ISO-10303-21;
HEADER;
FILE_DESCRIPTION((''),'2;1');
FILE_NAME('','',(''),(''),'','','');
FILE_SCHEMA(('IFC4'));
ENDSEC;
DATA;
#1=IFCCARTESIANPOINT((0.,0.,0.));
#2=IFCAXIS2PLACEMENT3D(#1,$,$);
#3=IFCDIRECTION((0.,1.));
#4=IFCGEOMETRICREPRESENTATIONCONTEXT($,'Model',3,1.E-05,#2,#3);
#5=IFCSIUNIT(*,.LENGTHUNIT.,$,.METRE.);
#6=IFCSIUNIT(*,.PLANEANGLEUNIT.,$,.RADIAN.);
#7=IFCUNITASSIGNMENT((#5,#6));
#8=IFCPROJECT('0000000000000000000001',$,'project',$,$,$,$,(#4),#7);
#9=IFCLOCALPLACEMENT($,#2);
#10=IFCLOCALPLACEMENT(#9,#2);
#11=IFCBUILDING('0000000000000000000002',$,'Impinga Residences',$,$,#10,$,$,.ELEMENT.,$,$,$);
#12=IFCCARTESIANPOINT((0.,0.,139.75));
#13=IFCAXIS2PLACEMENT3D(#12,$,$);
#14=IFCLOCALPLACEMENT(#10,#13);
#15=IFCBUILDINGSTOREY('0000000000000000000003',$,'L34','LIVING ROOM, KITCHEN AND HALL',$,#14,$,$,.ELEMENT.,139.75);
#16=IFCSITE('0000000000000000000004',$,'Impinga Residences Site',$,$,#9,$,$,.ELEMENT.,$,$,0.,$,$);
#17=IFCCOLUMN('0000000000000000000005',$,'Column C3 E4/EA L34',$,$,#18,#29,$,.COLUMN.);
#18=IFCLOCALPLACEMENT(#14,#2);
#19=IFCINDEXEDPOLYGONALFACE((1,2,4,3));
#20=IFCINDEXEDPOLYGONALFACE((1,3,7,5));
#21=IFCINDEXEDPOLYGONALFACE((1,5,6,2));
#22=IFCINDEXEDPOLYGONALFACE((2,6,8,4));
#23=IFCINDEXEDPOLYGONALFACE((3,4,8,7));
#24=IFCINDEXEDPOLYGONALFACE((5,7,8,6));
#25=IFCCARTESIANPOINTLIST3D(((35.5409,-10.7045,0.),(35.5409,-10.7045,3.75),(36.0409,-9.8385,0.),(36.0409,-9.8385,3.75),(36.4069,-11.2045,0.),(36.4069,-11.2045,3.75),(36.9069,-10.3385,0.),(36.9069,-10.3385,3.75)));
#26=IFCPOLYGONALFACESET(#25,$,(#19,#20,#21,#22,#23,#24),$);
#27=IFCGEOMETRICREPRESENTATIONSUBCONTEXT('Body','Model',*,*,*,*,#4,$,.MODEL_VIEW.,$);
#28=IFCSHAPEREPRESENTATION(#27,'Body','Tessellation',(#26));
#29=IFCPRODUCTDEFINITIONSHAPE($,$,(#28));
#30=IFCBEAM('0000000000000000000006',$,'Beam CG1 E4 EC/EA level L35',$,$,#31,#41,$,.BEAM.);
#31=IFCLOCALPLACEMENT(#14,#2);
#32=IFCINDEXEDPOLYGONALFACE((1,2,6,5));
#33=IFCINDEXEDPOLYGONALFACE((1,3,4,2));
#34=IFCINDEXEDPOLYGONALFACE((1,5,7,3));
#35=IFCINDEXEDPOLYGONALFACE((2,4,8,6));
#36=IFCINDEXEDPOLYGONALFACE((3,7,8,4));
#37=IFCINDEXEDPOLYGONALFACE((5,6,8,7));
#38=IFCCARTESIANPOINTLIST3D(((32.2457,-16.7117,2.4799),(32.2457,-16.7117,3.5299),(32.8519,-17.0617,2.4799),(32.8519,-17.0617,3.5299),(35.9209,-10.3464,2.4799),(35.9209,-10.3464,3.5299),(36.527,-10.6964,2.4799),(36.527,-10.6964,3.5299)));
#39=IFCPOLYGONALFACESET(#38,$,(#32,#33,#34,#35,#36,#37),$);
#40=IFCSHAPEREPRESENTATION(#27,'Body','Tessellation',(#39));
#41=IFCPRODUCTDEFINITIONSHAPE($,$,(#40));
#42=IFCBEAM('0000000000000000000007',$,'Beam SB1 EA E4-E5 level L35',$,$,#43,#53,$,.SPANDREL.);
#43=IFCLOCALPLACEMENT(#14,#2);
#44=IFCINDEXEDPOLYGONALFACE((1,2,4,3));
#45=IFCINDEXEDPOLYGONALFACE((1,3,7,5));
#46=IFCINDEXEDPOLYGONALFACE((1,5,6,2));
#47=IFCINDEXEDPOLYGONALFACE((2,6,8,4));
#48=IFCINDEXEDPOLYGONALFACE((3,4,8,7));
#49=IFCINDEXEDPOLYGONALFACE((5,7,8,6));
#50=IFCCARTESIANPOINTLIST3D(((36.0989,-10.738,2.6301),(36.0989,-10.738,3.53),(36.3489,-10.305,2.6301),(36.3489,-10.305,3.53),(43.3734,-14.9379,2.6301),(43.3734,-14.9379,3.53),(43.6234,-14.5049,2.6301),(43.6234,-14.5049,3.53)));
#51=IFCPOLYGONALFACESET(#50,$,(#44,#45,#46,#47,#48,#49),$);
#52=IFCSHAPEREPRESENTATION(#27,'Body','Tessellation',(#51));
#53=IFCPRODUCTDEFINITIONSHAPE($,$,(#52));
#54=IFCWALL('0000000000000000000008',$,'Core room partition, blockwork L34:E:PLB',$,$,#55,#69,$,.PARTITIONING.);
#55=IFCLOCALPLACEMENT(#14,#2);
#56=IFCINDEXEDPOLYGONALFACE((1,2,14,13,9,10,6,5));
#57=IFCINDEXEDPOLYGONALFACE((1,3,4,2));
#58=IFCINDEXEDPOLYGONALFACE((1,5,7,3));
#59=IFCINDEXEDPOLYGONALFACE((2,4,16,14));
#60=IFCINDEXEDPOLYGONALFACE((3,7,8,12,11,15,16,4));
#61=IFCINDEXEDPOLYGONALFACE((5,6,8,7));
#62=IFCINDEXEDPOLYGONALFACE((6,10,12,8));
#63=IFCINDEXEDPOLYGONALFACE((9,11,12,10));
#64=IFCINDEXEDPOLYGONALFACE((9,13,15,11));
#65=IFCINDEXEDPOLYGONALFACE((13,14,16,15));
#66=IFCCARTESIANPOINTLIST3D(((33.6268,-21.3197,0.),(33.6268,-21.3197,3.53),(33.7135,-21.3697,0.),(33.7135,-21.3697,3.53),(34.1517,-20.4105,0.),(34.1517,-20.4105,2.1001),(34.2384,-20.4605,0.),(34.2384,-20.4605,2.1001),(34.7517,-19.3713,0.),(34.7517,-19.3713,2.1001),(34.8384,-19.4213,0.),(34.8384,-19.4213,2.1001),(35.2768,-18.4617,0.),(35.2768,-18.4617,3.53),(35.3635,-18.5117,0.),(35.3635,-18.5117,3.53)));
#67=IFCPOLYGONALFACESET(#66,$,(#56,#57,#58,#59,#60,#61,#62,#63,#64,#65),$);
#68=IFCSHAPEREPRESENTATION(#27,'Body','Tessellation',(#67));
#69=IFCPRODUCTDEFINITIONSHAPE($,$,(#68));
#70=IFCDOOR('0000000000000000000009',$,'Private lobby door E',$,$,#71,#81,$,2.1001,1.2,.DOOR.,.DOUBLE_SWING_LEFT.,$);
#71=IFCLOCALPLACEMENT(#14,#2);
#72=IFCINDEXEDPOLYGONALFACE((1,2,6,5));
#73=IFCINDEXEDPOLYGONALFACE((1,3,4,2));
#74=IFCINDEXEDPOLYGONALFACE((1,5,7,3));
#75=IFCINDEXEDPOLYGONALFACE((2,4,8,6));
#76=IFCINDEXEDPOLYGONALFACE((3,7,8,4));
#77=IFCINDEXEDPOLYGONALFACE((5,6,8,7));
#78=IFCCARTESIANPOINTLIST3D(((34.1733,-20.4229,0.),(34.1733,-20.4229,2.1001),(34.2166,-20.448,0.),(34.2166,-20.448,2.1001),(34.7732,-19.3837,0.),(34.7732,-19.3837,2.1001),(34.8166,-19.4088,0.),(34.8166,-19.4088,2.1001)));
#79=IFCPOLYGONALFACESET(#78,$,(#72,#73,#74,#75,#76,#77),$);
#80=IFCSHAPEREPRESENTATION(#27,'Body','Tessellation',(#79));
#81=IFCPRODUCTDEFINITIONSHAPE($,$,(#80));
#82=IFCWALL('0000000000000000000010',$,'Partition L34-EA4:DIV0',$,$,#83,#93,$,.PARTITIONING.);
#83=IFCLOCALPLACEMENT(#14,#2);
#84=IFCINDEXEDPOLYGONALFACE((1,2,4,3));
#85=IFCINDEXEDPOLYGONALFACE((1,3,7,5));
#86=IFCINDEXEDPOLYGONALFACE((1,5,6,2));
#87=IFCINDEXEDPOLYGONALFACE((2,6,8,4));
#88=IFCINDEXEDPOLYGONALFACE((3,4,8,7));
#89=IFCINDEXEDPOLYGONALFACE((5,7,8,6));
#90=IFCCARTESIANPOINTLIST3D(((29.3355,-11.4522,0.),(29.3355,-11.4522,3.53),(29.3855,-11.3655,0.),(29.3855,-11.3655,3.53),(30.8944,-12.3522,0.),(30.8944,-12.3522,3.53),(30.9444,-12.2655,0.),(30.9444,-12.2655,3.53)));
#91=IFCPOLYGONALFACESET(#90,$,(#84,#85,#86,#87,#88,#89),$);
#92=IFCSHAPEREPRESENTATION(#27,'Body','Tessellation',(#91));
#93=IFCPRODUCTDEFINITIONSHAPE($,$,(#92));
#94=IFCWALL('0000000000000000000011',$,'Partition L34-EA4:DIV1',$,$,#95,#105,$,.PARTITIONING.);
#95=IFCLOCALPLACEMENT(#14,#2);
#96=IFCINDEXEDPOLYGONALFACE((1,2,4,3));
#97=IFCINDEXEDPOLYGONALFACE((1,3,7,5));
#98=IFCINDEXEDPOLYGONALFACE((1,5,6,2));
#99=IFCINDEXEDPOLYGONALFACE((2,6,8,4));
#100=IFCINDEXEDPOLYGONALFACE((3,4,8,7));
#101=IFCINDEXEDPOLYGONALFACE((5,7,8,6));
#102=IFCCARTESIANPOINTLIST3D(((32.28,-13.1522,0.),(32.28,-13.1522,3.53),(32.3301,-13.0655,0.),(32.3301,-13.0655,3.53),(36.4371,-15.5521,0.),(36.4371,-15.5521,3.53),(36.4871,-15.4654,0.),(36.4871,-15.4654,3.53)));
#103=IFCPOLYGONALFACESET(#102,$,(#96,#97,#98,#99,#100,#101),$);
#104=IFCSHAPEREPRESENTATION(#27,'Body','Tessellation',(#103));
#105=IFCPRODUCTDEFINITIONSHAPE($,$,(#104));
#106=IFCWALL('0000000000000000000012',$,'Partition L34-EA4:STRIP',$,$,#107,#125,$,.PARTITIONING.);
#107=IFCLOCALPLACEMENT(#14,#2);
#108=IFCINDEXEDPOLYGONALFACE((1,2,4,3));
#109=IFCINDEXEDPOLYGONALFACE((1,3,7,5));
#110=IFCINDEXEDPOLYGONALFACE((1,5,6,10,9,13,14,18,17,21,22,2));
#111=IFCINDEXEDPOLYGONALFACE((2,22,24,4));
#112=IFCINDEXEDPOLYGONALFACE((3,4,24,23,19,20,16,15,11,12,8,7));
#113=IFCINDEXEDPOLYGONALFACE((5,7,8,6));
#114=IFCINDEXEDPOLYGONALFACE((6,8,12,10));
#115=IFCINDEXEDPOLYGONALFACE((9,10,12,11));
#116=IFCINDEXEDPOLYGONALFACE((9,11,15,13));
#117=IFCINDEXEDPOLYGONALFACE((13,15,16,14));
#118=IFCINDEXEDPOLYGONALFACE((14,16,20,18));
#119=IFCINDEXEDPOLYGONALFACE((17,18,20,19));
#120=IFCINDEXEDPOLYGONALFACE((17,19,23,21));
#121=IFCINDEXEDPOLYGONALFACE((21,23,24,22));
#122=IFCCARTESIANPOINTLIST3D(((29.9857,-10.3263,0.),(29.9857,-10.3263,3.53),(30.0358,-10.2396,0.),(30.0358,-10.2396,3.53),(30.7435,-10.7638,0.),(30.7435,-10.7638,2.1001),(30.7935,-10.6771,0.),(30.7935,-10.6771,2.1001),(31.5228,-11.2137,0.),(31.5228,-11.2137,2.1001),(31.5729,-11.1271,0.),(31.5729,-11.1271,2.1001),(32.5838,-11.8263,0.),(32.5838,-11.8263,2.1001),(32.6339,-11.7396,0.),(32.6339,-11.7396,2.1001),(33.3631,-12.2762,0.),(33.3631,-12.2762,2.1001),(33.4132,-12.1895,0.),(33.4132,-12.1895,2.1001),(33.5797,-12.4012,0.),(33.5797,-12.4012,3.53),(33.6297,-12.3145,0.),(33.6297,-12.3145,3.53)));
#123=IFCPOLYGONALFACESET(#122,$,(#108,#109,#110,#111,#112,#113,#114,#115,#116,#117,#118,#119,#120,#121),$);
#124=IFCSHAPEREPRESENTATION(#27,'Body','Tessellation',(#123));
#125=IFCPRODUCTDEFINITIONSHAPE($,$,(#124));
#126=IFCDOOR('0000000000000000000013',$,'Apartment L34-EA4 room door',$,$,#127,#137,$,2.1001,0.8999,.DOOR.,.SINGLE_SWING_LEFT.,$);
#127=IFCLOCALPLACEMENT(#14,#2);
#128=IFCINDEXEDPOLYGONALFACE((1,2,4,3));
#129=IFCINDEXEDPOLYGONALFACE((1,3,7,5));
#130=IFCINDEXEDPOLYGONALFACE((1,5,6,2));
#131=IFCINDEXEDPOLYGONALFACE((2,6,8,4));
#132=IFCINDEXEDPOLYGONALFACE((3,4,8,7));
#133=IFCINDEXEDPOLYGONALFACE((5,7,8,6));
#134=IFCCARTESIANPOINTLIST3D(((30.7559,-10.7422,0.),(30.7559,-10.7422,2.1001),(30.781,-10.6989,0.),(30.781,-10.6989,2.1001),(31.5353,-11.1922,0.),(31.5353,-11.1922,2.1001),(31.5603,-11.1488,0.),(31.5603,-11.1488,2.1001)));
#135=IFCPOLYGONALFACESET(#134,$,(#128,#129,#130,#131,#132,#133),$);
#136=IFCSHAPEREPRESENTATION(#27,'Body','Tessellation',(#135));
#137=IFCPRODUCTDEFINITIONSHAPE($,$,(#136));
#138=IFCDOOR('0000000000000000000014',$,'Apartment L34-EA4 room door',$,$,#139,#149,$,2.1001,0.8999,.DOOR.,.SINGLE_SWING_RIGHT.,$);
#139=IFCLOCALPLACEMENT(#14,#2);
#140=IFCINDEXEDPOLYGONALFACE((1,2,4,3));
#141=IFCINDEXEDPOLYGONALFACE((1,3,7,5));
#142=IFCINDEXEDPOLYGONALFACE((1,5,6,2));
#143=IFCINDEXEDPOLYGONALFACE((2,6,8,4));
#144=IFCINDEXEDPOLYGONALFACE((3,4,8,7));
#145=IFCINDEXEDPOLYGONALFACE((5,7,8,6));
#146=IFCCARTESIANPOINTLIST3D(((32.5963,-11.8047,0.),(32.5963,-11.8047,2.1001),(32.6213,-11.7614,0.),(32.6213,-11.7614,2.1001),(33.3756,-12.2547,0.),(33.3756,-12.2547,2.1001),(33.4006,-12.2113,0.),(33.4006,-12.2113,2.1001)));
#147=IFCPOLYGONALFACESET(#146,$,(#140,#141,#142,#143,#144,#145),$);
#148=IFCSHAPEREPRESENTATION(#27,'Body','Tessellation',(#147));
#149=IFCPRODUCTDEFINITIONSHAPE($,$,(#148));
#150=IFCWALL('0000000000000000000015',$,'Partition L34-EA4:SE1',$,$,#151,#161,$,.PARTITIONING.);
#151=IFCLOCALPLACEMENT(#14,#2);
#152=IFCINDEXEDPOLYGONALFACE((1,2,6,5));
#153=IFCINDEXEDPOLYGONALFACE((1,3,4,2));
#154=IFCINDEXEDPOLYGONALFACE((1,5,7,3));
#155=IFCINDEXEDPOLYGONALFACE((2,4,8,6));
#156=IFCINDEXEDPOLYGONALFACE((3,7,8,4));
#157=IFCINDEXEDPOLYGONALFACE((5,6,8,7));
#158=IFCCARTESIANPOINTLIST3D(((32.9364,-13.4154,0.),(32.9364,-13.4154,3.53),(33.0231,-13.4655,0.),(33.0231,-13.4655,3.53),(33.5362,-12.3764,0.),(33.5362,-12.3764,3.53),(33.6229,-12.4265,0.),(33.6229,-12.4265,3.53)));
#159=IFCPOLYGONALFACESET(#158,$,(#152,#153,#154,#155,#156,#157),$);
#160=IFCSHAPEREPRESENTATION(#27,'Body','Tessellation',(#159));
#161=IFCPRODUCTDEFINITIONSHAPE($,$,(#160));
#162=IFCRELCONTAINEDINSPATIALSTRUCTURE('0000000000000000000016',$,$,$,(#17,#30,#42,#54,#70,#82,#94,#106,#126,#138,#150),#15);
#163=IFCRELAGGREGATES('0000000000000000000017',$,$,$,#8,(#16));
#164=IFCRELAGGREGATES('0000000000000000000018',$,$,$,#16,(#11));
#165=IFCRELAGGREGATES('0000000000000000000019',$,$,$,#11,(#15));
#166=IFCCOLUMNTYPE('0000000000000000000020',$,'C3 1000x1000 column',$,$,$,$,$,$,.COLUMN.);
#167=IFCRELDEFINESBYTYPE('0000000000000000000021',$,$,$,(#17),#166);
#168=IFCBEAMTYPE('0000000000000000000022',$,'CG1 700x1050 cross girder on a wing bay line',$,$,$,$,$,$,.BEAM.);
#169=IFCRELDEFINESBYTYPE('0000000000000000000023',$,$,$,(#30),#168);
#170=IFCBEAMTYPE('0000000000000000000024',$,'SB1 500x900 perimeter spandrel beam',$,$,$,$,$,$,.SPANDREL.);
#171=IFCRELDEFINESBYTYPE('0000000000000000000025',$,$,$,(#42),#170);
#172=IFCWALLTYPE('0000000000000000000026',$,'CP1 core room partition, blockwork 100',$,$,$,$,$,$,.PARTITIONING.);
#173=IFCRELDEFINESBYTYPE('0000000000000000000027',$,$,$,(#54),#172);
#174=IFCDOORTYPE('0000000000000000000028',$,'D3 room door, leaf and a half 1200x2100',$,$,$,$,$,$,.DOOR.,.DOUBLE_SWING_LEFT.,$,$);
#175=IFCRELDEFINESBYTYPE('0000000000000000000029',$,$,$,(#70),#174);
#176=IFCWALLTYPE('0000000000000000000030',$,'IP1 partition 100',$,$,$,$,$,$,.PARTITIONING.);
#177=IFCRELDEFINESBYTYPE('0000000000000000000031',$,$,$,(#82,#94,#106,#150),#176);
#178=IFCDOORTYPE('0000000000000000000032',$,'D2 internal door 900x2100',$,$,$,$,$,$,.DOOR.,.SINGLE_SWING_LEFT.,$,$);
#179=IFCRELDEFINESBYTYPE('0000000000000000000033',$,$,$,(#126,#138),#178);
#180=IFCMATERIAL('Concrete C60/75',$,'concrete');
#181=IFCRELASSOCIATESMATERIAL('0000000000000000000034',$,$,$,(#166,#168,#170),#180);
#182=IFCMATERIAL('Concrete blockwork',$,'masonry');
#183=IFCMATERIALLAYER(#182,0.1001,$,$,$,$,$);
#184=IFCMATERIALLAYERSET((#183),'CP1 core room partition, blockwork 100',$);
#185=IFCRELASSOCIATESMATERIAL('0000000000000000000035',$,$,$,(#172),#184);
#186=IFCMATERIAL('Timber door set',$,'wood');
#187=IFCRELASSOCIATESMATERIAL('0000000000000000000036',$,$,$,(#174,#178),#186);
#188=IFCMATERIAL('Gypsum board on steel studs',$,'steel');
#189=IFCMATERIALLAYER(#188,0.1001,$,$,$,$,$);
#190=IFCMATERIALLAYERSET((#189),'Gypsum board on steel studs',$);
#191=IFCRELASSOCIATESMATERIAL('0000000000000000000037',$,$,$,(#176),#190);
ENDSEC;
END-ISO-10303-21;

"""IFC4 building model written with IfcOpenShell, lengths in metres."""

from ifc_helpers import new_model, si_unit, direction, frame, frame_2d, origin, origin_2d, place, context, subcontext, project, spatial, rectangle, extrude, material, layer, layer_set, material_profile, profile_set, type_object, element, fill, save


model = new_model("IFC4")

# Units and contexts
model_context = context("Model", 3, precision=1e-05, world=origin(), true_north=direction((0.0, 1.0)))
body_context = subcontext(model_context, "Body", "Model", "MODEL_VIEW")
ifc_project = project(units=[si_unit("LENGTHUNIT", "METRE"), si_unit("PLANEANGLEUNIT", "RADIAN")], contexts=[model_context])

# Site, building, storey
site_placement = place(None, origin())
site = spatial("IfcSite", under=ifc_project, at=site_placement, Name="Impinga Residences Site", CompositionType="ELEMENT", RefElevation=0.0)
building_placement = place(site_placement, origin())
building = spatial("IfcBuilding", under=site, at=building_placement, Name="Impinga Residences", CompositionType="ELEMENT")
storey_placement = place(building_placement, frame((0.0, 0.0, 139.75)))
storey = spatial("IfcBuildingStorey", under=building, at=storey_placement, Name="L34", Description="LIVING ROOM, KITCHEN AND HALL", CompositionType="ELEMENT", Elevation=139.75)

# Column
ifc_material_1 = material(Name="Concrete C60/75", Category="concrete")
ifc_material_profile_1 = material_profile(ifc_material_1, rectangle(XDim=1.0, YDim=1.0, at=origin_2d()), Name="RC 1000x1000")
ifc_profile_set_1 = profile_set([ifc_material_profile_1], Name="Concrete C60/75")
column_type = type_object("IfcColumnType", Name="C3 1000x1000 column", PredefinedType="COLUMN", material=ifc_profile_set_1)
column_placement = place(storey_placement, frame((36.2239, -10.5215, 0.0), z_axis=(0.0, 0.0, 1.0), x_axis=(-0.5, -0.866025, 0.0)))
element("IfcColumn", 1, at=column_placement, inside=storey, type_object=column_type, Name="Column C3 E4/EA L34", PredefinedType="COLUMN", context=body_context, shape_type="SweptSolid", body=[
    extrude(rectangle(XDim=1.0, YDim=1.0, at=origin_2d()), origin(), (0.0, 0.0, 1.0), 3.75),
])

# Beams
ifc_material_profile_2 = material_profile(ifc_material_1, rectangle(XDim=0.7, YDim=1.05, at=origin_2d()), Name="RC 700x1050")
ifc_profile_set_2 = profile_set([ifc_material_profile_2], Name="Concrete C60/75")
beam_type_1 = type_object("IfcBeamType", Name="CG1 700x1050 cross girder on a wing bay line", PredefinedType="BEAM", material=ifc_profile_set_2)
beam_1_placement = place(storey_placement, frame((32.5488, -16.8867, 3.0049), z_axis=(0.500008, 0.866021, 0.0), x_axis=(-0.866021, 0.500008, 0.0)))
element("IfcBeam", 2, at=beam_1_placement, inside=storey, type_object=beam_type_1, Name="Beam CG1 E4 EC/EA level L35", PredefinedType="BEAM", context=body_context, shape_type="SweptSolid", body=[
    extrude(rectangle(XDim=0.7, YDim=1.05, at=origin_2d()), origin(), (0.0, 0.0, 1.0), 7.3501),
])
ifc_material_profile_3 = material_profile(ifc_material_1, rectangle(XDim=0.5, YDim=0.8999, at=origin_2d()), Name="RC 500x900")
ifc_profile_set_3 = profile_set([ifc_material_profile_3], Name="Concrete C60/75")
beam_type_2 = type_object("IfcBeamType", Name="SB1 500x900 perimeter spandrel beam", PredefinedType="SPANDREL", material=ifc_profile_set_3)
beam_2_placement = place(storey_placement, frame((36.2239, -10.5215, 3.0801), z_axis=(0.866029, -0.499993, 0.0), x_axis=(0.499993, 0.866029, 0.0)))
element("IfcBeam", 3, at=beam_2_placement, inside=storey, type_object=beam_type_2, Name="Beam SB1 EA E4-E5 level L35", PredefinedType="SPANDREL", context=body_context, shape_type="SweptSolid", body=[
    extrude(rectangle(XDim=0.5, YDim=0.8999, at=origin_2d()), origin(), (0.0, 0.0, 1.0), 8.3999),
])

# Wall, opening, door
ifc_material_2 = material(Name="Concrete blockwork", Category="masonry")
ifc_layer_1 = layer(ifc_material_2, 0.1001)
ifc_layer_set_1 = layer_set([ifc_layer_1], Name="CP1 core room partition, blockwork 100")
wall_type_1 = type_object("IfcWallType", Name="CP1 core room partition, blockwork 100", PredefinedType="PARTITIONING", material=ifc_layer_set_1)
wall_1_placement = place(storey_placement, frame((35.3201, -18.4868, 0.0), z_axis=(0.0, 0.0, 1.0), x_axis=(-0.499974, -0.86604, 0.0)))
wall_1 = element("IfcWall", 4, at=wall_1_placement, inside=storey, type_object=wall_type_1, Name="Core room partition, blockwork L34:E:PLB", PredefinedType="PARTITIONING", context=body_context, shape_type="SweptSolid", body=[
    extrude(rectangle(XDim=3.3, YDim=0.1001, at=frame_2d((1.6499, 0.0))), origin(), (0.0, 0.0, 1.0), 3.53),
])
opening_1_placement = place(wall_1_placement, frame((1.05, 0.0, 0.0)))
opening_1 = element("IfcOpeningElement", 5, at=opening_1_placement, cuts=wall_1, PredefinedType="OPENING", context=body_context, shape_type="SweptSolid", body=[
    extrude(rectangle(XDim=1.2, YDim=2.1001, at=frame_2d((0.6001, 1.05))), frame((0.0, 0.0601, 0.0), z_axis=(0.0, -1.0, 0.0), x_axis=(1.0, 0.0, 0.0)), (0.0, 0.0, 1.0), 0.1201),
])
ifc_material_3 = material(Name="Timber door set", Category="wood")
door_type_1 = type_object("IfcDoorType", Name="D3 room door, leaf and a half 1200x2100", OperationType="DOUBLE_SWING_LEFT", PredefinedType="DOOR", material=ifc_material_3)
door_1_placement = place(opening_1_placement, origin())
door_1 = element("IfcDoor", 6, at=door_1_placement, inside=storey, type_object=door_type_1, Name="Private lobby door E", OperationType="DOUBLE_SWING_LEFT", OverallHeight=2.1001, OverallWidth=1.2, PredefinedType="DOOR", context=body_context, shape_type="SweptSolid", body=[
    extrude(rectangle(XDim=1.2, YDim=2.1001, at=frame_2d((0.6001, 1.05))), frame((0.0, 0.0249, 0.0), z_axis=(0.0, -1.0, 0.0), x_axis=(1.0, 0.0, 0.0)), (0.0, 0.0, 1.0), 0.05),
])
fill(opening_1, door_1)

# Walls
ifc_material_4 = material(Name="Gypsum board on steel studs", Category="steel")
ifc_layer_2 = layer(ifc_material_4, 0.1001)
ifc_layer_set_2 = layer_set([ifc_layer_2], Name="Gypsum board on steel studs")
wall_type_2 = type_object("IfcWallType", Name="IP1 partition 100", PredefinedType="PARTITIONING", material=ifc_layer_set_2)
wall_2_placement = place(storey_placement, frame((29.3606, -11.4089, 0.0), z_axis=(0.0, 0.0, 1.0), x_axis=(0.866048, -0.499961, 0.0)))
element("IfcWall", 7, at=wall_2_placement, inside=storey, type_object=wall_type_2, Name="Partition L34-EA4:DIV0", PredefinedType="PARTITIONING", context=body_context, shape_type="SweptSolid", body=[
    extrude(rectangle(XDim=1.8, YDim=0.1001, at=frame_2d((0.8999, 0.0))), origin(), (0.0, 0.0, 1.0), 3.53),
])
wall_3_placement = place(storey_placement, frame((32.3052, -13.1089, 0.0), z_axis=(0.0, 0.0, 1.0), x_axis=(0.866037, -0.499979, 0.0)))
element("IfcWall", 8, at=wall_3_placement, inside=storey, type_object=wall_type_2, Name="Partition L34-EA4:DIV1", PredefinedType="PARTITIONING", context=body_context, shape_type="SweptSolid", body=[
    extrude(rectangle(XDim=4.8, YDim=0.1001, at=frame_2d((2.3999, 0.0))), origin(), (0.0, 0.0, 1.0), 3.53),
])

# Wall, openings, doors
wall_4_placement = place(storey_placement, frame((30.0107, -10.283, 0.0), z_axis=(0.0, 0.0, 1.0), x_axis=(0.86603, -0.499992, 0.0)))
wall_4 = element("IfcWall", 9, at=wall_4_placement, inside=storey, type_object=wall_type_2, Name="Partition L34-EA4:STRIP", PredefinedType="PARTITIONING", context=body_context, shape_type="SweptSolid", body=[
    extrude(rectangle(XDim=4.1499, YDim=0.1001, at=frame_2d((2.075, 0.0))), origin(), (0.0, 0.0, 1.0), 3.53),
])
opening_2_placement = place(wall_4_placement, frame((0.875, 0.0, 0.0)))
opening_2 = element("IfcOpeningElement", 10, at=opening_2_placement, cuts=wall_4, PredefinedType="OPENING", context=body_context, shape_type="SweptSolid", body=[
    extrude(rectangle(XDim=0.8999, YDim=2.1001, at=frame_2d((0.45, 1.05))), frame((0.0, 0.0601, 0.0), z_axis=(0.0, -1.0, 0.0), x_axis=(1.0, 0.0, 0.0)), (0.0, 0.0, 1.0), 0.1201),
])
opening_3_placement = place(wall_4_placement, frame((3.0, 0.0, 0.0)))
opening_3 = element("IfcOpeningElement", 11, at=opening_3_placement, cuts=wall_4, PredefinedType="OPENING", context=body_context, shape_type="SweptSolid", body=[
    extrude(rectangle(XDim=0.8999, YDim=2.1001, at=frame_2d((0.45, 1.05))), frame((0.0, 0.0601, 0.0), z_axis=(0.0, -1.0, 0.0), x_axis=(1.0, 0.0, 0.0)), (0.0, 0.0, 1.0), 0.1201),
])
door_type_2 = type_object("IfcDoorType", Name="D2 internal door 900x2100", OperationType="SINGLE_SWING_LEFT", PredefinedType="DOOR", material=ifc_material_3)
door_2_placement = place(opening_2_placement, origin())
door_2 = element("IfcDoor", 12, at=door_2_placement, inside=storey, type_object=door_type_2, Name="Apartment L34-EA4 room door", OperationType="SINGLE_SWING_LEFT", OverallHeight=2.1001, OverallWidth=0.8999, PredefinedType="DOOR", context=body_context, shape_type="SweptSolid", body=[
    extrude(rectangle(XDim=0.8999, YDim=2.1001, at=frame_2d((0.45, 1.05))), frame((0.0, 0.0249, 0.0), z_axis=(0.0, -1.0, 0.0), x_axis=(1.0, 0.0, 0.0)), (0.0, 0.0, 1.0), 0.05),
])
fill(opening_2, door_2)
door_3_placement = place(opening_3_placement, origin())
door_3 = element("IfcDoor", 13, at=door_3_placement, inside=storey, type_object=door_type_2, Name="Apartment L34-EA4 room door", OperationType="SINGLE_SWING_RIGHT", OverallHeight=2.1001, OverallWidth=0.8999, PredefinedType="DOOR", context=body_context, shape_type="SweptSolid", body=[
    extrude(rectangle(XDim=0.8999, YDim=2.1001, at=frame_2d((0.45, 1.05))), frame((0.0, 0.0249, 0.0), z_axis=(0.0, -1.0, 0.0), x_axis=(1.0, 0.0, 0.0)), (0.0, 0.0, 1.0), 0.05),
])
fill(opening_3, door_3)

# Wall
wall_5_placement = place(storey_placement, frame((32.9797, -13.4404, 0.0), z_axis=(0.0, 0.0, 1.0), x_axis=(0.499969, 0.866043, 0.0)))
element("IfcWall", 14, at=wall_5_placement, inside=storey, type_object=wall_type_2, Name="Partition L34-EA4:SE1", PredefinedType="PARTITIONING", context=body_context, shape_type="SweptSolid", body=[
    extrude(rectangle(XDim=1.1997, YDim=0.1001, at=frame_2d((0.5999, 0.0))), origin(), (0.0, 0.0, 1.0), 3.53),
])

save(model, "model.ifc")
